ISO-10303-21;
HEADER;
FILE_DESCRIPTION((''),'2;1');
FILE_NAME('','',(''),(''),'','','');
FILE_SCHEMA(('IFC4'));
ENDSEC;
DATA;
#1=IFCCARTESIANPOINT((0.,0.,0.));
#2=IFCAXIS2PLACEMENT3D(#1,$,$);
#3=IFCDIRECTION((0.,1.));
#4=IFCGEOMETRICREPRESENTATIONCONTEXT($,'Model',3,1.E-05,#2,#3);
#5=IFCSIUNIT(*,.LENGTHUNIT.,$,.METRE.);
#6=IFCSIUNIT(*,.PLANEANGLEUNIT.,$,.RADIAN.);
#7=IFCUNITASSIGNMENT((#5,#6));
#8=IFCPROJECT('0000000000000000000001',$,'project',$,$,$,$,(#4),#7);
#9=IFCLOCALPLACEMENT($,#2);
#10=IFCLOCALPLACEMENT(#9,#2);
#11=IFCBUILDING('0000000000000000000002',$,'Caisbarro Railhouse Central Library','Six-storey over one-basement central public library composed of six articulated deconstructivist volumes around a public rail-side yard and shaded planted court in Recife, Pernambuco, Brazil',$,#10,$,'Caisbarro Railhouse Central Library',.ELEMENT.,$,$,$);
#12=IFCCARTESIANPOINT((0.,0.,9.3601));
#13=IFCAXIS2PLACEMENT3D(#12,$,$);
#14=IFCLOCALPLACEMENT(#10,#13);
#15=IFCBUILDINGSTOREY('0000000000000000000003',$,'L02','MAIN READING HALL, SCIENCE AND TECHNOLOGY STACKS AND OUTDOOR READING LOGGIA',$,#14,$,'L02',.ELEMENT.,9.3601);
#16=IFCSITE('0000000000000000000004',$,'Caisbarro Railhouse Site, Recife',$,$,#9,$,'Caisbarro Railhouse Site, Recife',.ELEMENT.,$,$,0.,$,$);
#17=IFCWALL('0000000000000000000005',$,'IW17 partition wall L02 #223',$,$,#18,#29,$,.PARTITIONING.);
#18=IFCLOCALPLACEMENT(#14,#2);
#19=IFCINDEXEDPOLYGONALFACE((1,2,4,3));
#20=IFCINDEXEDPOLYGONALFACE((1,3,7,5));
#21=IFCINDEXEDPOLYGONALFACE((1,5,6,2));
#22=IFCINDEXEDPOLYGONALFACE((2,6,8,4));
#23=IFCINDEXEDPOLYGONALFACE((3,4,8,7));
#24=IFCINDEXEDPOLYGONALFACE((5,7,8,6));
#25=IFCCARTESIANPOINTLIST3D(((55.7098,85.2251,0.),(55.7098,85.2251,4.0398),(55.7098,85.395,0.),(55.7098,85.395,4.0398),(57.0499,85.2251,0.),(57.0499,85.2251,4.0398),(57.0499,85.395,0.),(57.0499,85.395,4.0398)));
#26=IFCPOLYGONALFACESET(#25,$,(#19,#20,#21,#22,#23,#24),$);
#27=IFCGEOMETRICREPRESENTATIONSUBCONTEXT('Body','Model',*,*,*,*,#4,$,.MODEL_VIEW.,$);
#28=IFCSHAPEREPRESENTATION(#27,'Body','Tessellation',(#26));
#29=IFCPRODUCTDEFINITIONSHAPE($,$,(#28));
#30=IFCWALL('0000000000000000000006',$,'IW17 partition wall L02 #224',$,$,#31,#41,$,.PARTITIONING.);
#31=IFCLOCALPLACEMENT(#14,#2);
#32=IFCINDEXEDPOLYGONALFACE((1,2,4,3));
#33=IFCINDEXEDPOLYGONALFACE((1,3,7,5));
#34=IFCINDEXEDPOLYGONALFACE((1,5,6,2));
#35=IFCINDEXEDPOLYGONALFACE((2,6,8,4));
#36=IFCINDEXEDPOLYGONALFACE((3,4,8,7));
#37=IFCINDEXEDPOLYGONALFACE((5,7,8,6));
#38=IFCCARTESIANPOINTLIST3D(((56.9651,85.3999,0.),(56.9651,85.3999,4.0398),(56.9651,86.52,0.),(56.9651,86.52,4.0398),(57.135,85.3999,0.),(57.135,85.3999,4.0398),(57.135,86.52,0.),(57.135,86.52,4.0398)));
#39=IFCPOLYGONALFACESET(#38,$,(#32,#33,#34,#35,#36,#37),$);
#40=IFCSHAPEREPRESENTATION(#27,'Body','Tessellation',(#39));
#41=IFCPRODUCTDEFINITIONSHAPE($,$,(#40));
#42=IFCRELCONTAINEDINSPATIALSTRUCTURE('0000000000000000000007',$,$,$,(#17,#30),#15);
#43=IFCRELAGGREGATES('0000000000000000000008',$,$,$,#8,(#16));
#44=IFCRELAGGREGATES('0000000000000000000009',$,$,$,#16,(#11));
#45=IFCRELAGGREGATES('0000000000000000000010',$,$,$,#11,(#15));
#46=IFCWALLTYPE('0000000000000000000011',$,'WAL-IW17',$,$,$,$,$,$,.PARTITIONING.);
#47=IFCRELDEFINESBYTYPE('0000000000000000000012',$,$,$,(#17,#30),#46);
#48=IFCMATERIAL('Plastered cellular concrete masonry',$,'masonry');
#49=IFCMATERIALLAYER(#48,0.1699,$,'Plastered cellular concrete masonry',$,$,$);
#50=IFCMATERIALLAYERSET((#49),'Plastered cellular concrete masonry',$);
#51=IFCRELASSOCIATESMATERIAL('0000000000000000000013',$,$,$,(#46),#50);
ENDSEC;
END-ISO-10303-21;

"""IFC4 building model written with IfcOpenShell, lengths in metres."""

from ifc_helpers import new_model, si_unit, direction, frame, frame_2d, origin, place, context, subcontext, project, spatial, rectangle, extrude, material, layer, layer_set, type_object, element, save


model = new_model("IFC4")

# Units and contexts
model_context = context("Model", 3, precision=1e-05, world=origin(), true_north=direction((0.0, 1.0)))
body_context = subcontext(model_context, "Body", "Model", "MODEL_VIEW")
ifc_project = project(units=[si_unit("LENGTHUNIT", "METRE"), si_unit("PLANEANGLEUNIT", "RADIAN")], contexts=[model_context])

# Site, building, storey
site_placement = place(None, origin())
site = spatial("IfcSite", under=ifc_project, at=site_placement, Name="Caisbarro Railhouse Site, Recife", LongName="Caisbarro Railhouse Site, Recife", CompositionType="ELEMENT", RefElevation=0.0)
building_placement = place(site_placement, origin())
building = spatial("IfcBuilding", under=site, at=building_placement, Name="Caisbarro Railhouse Central Library", Description="Six-storey over one-basement central public library composed of six articulated deconstructivist volumes around a public rail-side yard and shaded planted court in Recife, Pernambuco, Brazil", LongName="Caisbarro Railhouse Central Library", CompositionType="ELEMENT")
storey_placement = place(building_placement, frame((0.0, 0.0, 9.3601)))
storey = spatial("IfcBuildingStorey", under=building, at=storey_placement, Name="L02", Description="MAIN READING HALL, SCIENCE AND TECHNOLOGY STACKS AND OUTDOOR READING LOGGIA", LongName="L02", CompositionType="ELEMENT", Elevation=9.3601)

# Walls
ifc_material_1 = material(Name="Plastered cellular concrete masonry", Category="masonry")
ifc_layer_1 = layer(ifc_material_1, 0.1699, Name="Plastered cellular concrete masonry")
ifc_layer_set_1 = layer_set([ifc_layer_1], Name="Plastered cellular concrete masonry")
wall_type_1 = type_object("IfcWallType", Name="WAL-IW17", PredefinedType="PARTITIONING", material=ifc_layer_set_1)
wall_1_placement = place(storey_placement, frame((55.71, 85.3101, 0.0), z_axis=(0.0, 0.0, 1.0), x_axis=(1.0, 0.0, 0.0)))
element("IfcWall", 1, at=wall_1_placement, inside=storey, type_object=wall_type_1, Name="IW17 partition wall L02 #223", PredefinedType="PARTITIONING", context=body_context, shape_type="SweptSolid", body=[
    extrude(rectangle(XDim=1.3401, YDim=0.1699, at=frame_2d((0.6699, 0.0))), origin(), (0.0, 0.0, 1.0), 4.0398),
])
wall_2_placement = place(storey_placement, frame((57.05, 85.3999, 0.0), z_axis=(0.0, 0.0, 1.0), x_axis=(0.0, 1.0, 0.0)))
element("IfcWall", 2, at=wall_2_placement, inside=storey, type_object=wall_type_1, Name="IW17 partition wall L02 #224", PredefinedType="PARTITIONING", context=body_context, shape_type="SweptSolid", body=[
    extrude(rectangle(XDim=1.1201, YDim=0.1699, at=frame_2d((0.5601, 0.0))), origin(), (0.0, 0.0, 1.0), 4.0398),
])

save(model, "model.ifc")
